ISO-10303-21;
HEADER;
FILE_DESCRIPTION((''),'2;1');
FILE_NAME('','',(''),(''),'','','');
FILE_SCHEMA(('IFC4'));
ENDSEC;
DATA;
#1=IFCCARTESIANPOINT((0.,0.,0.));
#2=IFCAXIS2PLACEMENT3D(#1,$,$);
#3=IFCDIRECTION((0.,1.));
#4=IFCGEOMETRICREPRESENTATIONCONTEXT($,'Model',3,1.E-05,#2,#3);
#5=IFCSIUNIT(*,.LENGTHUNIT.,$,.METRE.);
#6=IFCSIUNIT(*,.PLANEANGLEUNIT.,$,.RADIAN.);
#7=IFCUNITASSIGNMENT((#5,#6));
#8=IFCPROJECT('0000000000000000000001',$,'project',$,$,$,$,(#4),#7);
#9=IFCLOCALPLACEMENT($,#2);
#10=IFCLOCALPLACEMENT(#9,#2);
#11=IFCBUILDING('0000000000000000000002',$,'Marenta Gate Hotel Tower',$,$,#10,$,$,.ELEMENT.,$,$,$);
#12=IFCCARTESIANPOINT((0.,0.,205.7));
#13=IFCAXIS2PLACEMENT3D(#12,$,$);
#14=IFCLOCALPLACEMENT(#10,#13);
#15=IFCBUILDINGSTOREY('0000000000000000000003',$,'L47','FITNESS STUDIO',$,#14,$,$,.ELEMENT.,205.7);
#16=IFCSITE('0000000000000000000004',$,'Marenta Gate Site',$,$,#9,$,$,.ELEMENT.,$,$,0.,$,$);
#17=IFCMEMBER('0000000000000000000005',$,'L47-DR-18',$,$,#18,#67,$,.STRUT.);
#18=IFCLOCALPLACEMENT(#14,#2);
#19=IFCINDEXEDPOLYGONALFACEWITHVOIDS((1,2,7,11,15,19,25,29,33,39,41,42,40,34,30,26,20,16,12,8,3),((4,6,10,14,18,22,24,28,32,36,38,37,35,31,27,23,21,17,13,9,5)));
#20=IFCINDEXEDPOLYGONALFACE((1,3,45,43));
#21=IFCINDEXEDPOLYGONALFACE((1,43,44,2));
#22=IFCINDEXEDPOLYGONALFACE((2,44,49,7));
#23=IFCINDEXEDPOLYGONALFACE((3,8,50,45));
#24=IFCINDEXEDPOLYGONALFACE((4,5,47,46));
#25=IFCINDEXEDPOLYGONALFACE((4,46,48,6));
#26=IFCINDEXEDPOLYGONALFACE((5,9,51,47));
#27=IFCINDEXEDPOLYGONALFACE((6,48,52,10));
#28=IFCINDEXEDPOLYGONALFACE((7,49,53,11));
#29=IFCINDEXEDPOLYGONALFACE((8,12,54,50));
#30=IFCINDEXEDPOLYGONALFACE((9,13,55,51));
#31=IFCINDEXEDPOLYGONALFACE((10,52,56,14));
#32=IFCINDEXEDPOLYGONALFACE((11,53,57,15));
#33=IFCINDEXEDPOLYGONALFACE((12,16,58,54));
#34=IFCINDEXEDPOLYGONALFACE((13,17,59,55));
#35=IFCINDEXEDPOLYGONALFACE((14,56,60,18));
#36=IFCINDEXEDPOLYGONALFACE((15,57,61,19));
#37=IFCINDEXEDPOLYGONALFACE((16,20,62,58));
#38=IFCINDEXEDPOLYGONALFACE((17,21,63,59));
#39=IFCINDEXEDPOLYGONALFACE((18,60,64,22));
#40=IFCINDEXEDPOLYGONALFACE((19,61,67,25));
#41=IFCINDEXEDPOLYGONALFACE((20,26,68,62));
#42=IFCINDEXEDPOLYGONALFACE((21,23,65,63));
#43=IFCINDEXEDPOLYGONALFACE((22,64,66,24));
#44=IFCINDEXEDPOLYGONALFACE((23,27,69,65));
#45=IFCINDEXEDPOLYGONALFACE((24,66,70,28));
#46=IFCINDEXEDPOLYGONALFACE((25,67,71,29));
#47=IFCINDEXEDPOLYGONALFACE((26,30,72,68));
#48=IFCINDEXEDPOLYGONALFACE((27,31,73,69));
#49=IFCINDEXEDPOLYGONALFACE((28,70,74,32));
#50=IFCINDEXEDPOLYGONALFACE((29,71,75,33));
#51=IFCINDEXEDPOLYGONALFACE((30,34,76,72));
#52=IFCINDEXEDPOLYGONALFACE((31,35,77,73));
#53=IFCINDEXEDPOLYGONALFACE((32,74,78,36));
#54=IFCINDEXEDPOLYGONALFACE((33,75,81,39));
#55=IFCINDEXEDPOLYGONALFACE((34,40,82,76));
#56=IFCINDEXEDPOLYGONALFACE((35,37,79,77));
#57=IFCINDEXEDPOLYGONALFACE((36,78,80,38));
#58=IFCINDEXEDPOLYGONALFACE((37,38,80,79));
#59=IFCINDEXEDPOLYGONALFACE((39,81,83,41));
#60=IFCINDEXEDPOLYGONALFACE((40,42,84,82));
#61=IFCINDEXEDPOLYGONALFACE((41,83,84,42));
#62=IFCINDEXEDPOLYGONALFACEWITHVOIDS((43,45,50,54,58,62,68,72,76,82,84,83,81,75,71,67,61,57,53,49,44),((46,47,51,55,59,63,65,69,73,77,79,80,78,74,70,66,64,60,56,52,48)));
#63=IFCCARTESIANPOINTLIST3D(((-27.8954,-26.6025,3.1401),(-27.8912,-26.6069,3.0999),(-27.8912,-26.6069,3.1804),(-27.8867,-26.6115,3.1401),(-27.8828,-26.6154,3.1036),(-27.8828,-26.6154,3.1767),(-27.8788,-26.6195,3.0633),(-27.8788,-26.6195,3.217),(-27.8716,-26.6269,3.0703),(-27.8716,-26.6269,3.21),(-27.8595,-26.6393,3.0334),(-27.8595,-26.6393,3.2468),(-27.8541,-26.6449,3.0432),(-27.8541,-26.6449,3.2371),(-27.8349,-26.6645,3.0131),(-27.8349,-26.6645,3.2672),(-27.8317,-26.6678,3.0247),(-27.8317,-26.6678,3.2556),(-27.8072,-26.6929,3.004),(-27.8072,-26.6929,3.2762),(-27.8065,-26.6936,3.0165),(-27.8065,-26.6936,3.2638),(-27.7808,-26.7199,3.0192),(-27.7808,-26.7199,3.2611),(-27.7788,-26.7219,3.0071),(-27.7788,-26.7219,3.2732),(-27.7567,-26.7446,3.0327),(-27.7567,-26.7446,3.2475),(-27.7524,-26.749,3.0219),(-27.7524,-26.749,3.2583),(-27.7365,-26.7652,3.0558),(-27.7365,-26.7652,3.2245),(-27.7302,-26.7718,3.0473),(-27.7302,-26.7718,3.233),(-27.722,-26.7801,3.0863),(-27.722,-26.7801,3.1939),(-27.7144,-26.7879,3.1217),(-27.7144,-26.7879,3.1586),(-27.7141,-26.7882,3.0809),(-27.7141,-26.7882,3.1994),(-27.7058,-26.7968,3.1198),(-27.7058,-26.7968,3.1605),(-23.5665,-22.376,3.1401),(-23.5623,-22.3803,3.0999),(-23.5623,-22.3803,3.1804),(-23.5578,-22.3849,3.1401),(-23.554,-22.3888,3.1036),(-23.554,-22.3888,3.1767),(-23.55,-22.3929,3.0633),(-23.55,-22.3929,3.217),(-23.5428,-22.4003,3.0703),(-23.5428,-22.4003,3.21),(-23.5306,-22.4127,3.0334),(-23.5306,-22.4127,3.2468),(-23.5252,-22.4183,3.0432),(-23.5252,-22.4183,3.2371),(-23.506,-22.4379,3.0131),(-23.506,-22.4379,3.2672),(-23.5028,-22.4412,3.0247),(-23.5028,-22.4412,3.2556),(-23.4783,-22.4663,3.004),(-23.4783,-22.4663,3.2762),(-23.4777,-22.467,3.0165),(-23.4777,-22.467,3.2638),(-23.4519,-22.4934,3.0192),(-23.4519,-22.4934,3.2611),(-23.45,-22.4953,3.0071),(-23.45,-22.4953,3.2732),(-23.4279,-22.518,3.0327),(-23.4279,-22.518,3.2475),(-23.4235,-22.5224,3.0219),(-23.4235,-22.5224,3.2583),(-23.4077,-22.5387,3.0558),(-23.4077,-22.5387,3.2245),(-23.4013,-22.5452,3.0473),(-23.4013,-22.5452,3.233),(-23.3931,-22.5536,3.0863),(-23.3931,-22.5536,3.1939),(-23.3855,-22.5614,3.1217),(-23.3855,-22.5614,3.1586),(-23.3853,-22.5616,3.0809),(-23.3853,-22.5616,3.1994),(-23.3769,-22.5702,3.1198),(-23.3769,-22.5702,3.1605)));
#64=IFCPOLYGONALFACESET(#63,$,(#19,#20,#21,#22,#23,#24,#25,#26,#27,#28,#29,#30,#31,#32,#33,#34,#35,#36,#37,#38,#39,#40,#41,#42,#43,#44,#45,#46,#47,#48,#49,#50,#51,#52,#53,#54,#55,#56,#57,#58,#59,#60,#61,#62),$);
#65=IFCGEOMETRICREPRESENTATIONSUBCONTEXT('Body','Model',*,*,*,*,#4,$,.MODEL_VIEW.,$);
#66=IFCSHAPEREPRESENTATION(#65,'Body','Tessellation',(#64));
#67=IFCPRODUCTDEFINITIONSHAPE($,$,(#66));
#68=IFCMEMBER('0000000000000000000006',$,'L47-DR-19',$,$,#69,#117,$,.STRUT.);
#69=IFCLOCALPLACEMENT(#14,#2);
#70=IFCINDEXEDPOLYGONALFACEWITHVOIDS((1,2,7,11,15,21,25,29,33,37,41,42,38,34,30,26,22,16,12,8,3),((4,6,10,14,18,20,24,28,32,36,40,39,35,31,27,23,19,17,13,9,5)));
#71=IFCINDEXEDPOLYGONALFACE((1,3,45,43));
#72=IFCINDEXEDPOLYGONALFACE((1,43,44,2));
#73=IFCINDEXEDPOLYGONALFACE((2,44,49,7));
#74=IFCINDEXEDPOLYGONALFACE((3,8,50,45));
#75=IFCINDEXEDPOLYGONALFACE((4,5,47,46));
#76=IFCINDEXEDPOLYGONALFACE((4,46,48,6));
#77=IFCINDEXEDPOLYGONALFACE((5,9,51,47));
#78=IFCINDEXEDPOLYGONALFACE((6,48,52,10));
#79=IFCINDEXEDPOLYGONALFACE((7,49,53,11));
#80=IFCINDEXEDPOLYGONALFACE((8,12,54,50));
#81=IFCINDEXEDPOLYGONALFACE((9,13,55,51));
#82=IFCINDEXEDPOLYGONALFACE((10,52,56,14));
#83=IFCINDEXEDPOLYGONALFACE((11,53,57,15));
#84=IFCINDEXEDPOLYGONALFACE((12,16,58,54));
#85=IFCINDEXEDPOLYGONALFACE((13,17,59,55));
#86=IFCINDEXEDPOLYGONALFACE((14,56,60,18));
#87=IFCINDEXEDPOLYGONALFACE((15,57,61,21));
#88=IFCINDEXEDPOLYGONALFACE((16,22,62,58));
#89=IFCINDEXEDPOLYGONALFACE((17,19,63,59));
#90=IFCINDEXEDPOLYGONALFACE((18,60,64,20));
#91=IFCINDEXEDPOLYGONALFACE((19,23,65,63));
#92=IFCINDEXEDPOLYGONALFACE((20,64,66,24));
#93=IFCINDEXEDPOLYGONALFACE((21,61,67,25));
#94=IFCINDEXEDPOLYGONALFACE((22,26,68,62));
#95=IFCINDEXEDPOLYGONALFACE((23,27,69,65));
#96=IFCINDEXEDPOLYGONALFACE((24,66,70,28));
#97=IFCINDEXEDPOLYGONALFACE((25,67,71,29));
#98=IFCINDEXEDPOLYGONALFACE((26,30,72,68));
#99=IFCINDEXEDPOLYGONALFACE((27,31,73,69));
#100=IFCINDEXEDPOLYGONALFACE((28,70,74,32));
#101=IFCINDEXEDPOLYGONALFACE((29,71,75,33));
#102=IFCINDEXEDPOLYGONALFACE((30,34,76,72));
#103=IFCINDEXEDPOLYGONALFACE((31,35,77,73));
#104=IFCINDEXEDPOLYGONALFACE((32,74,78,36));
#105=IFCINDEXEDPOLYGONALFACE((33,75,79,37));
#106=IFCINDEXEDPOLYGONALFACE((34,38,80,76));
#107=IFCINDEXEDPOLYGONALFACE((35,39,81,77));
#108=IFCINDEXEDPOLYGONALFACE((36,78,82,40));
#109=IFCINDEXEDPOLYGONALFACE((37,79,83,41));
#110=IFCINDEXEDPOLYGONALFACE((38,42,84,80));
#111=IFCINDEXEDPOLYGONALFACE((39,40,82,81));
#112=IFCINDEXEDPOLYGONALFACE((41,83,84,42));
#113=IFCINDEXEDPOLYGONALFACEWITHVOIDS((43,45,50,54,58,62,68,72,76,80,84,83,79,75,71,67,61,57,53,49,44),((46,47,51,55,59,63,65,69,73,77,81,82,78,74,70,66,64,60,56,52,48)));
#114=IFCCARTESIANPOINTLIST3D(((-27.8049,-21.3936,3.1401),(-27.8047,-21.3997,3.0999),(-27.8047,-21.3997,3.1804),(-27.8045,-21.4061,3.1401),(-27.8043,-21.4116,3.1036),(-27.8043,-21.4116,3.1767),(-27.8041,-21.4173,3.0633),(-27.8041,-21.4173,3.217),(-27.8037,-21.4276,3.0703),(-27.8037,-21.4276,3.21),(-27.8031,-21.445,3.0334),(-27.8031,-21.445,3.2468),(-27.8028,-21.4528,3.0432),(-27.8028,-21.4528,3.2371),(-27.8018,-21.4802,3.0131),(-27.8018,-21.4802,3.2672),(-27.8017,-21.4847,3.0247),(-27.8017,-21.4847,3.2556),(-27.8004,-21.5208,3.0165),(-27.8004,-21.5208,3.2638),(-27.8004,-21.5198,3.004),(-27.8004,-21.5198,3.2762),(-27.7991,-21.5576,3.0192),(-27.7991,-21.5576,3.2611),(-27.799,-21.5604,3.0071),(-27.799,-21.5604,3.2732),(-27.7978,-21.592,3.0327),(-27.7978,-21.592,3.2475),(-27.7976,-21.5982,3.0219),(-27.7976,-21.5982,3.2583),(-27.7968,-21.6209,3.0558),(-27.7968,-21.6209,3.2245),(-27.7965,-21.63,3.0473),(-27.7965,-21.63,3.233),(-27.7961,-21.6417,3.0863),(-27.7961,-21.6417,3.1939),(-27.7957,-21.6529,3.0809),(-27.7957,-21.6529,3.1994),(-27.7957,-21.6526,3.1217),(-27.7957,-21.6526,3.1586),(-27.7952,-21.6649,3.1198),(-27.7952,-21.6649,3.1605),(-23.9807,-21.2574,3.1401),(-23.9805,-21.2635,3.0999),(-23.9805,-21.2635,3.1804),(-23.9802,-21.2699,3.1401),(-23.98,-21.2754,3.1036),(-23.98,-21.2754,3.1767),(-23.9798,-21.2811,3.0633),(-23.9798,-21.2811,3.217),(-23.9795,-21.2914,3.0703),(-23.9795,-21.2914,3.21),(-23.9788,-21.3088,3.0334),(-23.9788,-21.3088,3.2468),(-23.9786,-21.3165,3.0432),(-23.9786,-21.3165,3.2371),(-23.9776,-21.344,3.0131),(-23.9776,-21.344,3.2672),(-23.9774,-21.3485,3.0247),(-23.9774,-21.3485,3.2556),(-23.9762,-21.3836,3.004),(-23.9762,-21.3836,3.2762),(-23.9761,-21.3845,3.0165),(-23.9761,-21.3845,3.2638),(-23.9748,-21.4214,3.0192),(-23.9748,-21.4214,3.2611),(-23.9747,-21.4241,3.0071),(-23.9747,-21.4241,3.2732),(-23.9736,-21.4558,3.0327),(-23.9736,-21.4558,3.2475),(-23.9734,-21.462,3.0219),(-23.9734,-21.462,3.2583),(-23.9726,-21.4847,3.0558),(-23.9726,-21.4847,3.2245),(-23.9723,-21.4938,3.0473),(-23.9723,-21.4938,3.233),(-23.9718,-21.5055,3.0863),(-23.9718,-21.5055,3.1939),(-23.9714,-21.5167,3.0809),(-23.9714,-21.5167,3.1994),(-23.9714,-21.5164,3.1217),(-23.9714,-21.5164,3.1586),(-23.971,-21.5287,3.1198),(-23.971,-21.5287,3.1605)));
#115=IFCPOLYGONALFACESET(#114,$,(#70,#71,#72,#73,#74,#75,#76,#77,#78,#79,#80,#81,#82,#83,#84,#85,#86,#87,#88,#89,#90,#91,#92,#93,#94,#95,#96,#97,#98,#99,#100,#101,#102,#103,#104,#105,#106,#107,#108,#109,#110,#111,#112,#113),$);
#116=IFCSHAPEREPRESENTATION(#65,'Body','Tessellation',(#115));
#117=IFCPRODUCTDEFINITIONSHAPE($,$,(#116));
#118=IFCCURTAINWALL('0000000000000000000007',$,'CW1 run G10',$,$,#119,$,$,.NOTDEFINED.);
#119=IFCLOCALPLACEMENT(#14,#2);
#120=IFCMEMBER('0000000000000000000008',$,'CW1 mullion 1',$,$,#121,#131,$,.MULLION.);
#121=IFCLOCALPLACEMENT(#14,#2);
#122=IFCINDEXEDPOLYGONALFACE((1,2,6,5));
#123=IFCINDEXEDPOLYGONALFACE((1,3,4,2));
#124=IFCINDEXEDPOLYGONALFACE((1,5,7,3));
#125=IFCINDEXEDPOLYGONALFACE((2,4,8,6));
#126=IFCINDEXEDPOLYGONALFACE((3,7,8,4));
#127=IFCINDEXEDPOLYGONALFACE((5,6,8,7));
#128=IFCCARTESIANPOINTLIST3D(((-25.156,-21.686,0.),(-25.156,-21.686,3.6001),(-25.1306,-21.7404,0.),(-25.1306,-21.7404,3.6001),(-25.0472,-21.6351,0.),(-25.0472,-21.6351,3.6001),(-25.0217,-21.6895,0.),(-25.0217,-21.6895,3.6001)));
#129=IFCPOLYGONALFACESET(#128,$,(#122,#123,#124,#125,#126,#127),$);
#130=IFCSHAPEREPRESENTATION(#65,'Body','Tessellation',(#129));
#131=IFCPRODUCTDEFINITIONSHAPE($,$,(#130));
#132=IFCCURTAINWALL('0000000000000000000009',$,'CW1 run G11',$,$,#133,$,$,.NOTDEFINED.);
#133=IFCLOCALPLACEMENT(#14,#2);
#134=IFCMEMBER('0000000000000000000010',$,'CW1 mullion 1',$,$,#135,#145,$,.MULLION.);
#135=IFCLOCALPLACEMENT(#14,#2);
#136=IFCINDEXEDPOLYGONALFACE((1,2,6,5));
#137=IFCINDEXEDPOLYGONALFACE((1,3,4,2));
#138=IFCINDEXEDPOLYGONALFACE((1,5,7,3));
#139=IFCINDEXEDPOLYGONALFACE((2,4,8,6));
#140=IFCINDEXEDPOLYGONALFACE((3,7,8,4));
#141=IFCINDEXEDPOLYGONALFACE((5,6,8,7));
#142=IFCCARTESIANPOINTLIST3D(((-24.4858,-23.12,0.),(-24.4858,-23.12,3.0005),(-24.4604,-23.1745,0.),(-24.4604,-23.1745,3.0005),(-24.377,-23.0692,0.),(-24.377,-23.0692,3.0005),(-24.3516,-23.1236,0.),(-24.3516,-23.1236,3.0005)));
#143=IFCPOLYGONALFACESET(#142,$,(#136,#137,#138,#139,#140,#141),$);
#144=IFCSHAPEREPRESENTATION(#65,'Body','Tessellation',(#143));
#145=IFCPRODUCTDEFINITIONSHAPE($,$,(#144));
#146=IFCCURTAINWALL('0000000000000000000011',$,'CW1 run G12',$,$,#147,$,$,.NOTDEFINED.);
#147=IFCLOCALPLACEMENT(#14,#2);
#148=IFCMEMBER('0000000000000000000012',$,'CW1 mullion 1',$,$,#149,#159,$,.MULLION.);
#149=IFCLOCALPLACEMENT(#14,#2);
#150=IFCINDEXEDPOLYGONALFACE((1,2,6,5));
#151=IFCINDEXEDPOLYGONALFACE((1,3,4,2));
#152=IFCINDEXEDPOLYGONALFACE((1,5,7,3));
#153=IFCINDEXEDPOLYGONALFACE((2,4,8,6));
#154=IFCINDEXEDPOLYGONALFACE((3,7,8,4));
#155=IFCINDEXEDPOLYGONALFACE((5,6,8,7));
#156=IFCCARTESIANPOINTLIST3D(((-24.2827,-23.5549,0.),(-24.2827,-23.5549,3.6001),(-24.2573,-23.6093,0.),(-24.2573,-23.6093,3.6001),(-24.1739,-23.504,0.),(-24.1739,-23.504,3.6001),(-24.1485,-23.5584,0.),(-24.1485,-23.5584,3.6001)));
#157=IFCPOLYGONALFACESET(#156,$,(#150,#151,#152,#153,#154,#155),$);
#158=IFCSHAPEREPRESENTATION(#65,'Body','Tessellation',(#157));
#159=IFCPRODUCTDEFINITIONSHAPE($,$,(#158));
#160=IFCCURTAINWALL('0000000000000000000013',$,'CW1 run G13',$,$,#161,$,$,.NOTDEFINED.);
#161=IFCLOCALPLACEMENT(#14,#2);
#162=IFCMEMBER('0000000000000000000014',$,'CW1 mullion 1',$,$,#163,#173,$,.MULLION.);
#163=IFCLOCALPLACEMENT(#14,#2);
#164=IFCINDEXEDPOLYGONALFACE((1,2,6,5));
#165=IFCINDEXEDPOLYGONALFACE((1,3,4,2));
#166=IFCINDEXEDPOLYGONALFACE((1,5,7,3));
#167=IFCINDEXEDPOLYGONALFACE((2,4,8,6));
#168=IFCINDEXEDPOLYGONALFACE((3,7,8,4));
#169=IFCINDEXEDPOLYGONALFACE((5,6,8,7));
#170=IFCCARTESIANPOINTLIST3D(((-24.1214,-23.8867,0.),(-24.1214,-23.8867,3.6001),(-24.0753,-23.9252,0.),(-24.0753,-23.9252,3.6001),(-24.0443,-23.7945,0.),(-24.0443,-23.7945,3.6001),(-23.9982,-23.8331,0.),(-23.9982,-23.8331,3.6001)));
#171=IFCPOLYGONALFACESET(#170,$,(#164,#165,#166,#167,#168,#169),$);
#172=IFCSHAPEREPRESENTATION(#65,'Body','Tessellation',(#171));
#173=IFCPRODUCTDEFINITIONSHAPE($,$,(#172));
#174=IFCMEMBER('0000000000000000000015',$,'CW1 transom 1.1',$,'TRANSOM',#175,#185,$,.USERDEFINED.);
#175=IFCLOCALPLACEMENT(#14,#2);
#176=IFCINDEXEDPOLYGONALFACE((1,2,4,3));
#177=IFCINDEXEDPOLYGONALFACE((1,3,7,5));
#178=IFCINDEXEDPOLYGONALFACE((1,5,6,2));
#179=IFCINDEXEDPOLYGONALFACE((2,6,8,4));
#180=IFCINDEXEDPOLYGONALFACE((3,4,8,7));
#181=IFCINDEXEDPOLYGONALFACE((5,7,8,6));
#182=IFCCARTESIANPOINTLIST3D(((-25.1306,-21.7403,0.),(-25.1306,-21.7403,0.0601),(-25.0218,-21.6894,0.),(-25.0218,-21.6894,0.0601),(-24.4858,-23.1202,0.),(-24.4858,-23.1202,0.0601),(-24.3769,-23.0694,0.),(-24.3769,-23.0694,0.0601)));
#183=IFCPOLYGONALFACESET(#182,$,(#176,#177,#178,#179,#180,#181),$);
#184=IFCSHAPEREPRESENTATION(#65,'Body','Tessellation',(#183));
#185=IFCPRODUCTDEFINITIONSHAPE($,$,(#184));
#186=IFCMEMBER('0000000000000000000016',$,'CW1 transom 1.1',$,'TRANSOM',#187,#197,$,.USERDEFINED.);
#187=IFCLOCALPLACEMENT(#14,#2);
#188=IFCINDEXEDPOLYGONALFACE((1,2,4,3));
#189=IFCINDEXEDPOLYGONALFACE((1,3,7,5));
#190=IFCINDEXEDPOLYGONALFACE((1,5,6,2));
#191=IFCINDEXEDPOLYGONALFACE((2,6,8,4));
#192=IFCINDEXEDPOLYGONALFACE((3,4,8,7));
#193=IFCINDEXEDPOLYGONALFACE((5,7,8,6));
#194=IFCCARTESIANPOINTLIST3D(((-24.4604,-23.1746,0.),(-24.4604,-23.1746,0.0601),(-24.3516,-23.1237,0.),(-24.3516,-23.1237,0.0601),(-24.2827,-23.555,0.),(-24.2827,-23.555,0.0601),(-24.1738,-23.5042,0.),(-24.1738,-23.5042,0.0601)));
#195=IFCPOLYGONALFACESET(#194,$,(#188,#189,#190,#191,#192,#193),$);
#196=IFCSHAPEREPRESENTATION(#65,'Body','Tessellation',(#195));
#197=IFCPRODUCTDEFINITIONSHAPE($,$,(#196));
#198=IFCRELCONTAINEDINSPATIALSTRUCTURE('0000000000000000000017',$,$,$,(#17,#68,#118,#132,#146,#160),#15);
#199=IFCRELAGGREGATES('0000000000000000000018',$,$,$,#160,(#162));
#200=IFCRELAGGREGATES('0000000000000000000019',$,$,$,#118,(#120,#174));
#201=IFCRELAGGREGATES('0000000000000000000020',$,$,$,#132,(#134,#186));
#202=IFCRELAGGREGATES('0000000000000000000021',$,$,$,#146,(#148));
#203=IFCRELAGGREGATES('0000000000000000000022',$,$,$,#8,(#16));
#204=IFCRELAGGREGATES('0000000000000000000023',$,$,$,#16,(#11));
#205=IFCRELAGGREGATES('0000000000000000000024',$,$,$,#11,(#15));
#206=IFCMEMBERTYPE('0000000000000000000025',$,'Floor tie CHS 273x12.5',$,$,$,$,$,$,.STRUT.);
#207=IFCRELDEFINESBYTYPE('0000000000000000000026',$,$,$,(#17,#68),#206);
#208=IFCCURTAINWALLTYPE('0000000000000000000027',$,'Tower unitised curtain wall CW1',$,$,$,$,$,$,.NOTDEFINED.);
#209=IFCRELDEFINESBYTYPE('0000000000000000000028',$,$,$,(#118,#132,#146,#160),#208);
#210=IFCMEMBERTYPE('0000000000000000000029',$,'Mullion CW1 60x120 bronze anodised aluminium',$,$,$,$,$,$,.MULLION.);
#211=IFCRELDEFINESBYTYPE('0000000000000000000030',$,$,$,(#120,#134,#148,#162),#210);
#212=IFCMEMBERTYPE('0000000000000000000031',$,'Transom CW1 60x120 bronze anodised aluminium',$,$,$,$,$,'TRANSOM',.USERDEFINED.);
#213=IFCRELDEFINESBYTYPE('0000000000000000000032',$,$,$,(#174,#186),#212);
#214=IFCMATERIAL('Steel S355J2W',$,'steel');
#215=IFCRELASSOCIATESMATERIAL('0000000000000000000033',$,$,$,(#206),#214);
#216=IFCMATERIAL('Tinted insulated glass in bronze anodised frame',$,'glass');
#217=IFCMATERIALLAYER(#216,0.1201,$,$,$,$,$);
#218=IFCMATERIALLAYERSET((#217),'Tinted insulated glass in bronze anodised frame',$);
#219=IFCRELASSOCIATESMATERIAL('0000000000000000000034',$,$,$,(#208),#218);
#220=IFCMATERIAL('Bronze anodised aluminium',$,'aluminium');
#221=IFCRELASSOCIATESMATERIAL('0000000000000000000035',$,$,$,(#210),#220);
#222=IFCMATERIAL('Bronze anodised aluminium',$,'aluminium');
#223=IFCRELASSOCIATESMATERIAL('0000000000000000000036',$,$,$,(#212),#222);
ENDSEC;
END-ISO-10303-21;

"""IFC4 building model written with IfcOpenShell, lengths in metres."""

from ifc_helpers import new_model, si_unit, direction, frame, origin, origin_2d, place, context, subcontext, project, spatial, rectangle, hollow_circle, extrude, material, layer, layer_set, material_profile, profile_set, type_object, element, aggregate, save


model = new_model("IFC4")

# Units and contexts
model_context = context("Model", 3, precision=1e-05, world=origin(), true_north=direction((0.0, 1.0)))
body_context = subcontext(model_context, "Body", "Model", "MODEL_VIEW")
ifc_project = project(units=[si_unit("LENGTHUNIT", "METRE"), si_unit("PLANEANGLEUNIT", "RADIAN")], contexts=[model_context])

# Site, building, storey
site_placement = place(None, origin())
site = spatial("IfcSite", under=ifc_project, at=site_placement, Name="Marenta Gate Site", CompositionType="ELEMENT", RefElevation=0.0)
building_placement = place(site_placement, origin())
building = spatial("IfcBuilding", under=site, at=building_placement, Name="Marenta Gate Hotel Tower", CompositionType="ELEMENT")
storey_placement = place(building_placement, frame((0.0, 0.0, 205.7)))
storey = spatial("IfcBuildingStorey", under=building, at=storey_placement, Name="L47", Description="FITNESS STUDIO", CompositionType="ELEMENT", Elevation=205.7)

# Members
ifc_material_1 = material(Name="Steel S355J2W", Category="steel")
ifc_material_profile_1 = material_profile(ifc_material_1, hollow_circle(Radius=0.1365, WallThickness=0.0125, at=origin_2d()), Name="CHS 273x12.5")
ifc_profile_set_1 = profile_set([ifc_material_profile_1], Name="Steel S355J2W")
member_type_1 = type_object("IfcMemberType", Name="Floor tie CHS 273x12.5", PredefinedType="STRUT", material=ifc_profile_set_1)
member_1_placement = place(storey_placement, frame((-27.8, -26.7002, 3.1401), z_axis=(0.71551, 0.698602, 0.0), x_axis=(-0.698602, 0.71551, 0.0)))
element("IfcMember", 1, at=member_1_placement, inside=storey, type_object=member_type_1, Name="L47-DR-18", PredefinedType="STRUT", context=body_context, shape_type="SweptSolid", body=[
    extrude(hollow_circle(Radius=0.1365, WallThickness=0.0125, at=origin_2d()), origin(), (0.0, 0.0, 1.0), 6.05),
])
member_2_placement = place(storey_placement, frame((-27.8, -21.53, 3.1401), z_axis=(0.999366, 0.035601, 0.0), x_axis=(-0.035601, 0.999366, 0.0)))
element("IfcMember", 2, at=member_2_placement, inside=storey, type_object=member_type_1, Name="L47-DR-19", PredefinedType="STRUT", context=body_context, shape_type="SweptSolid", body=[
    extrude(hollow_circle(Radius=0.1365, WallThickness=0.0125, at=origin_2d()), origin(), (0.0, 0.0, 1.0), 3.8267),
])

# Curtain walls, members
ifc_material_2 = material(Name="Tinted insulated glass in bronze anodised frame", Category="glass")
ifc_layer_1 = layer(ifc_material_2, 0.1201)
ifc_layer_set_1 = layer_set([ifc_layer_1], Name="Tinted insulated glass in bronze anodised frame")
curtain_wall_type = type_object("IfcCurtainWallType", Name="Tower unitised curtain wall CW1", PredefinedType="NOTDEFINED", material=ifc_layer_set_1)
curtain_wall_1_placement = place(storey_placement, origin())
curtain_wall_1 = element("IfcCurtainWall", 3, at=curtain_wall_1_placement, inside=storey, type_object=curtain_wall_type, Name="CW1 run G10", PredefinedType="NOTDEFINED")
ifc_material_3 = material(Name="Bronze anodised aluminium", Category="aluminium")
ifc_material_profile_2 = material_profile(ifc_material_3, rectangle(XDim=0.1201, YDim=0.0601, at=origin_2d()), Name="Mullion CW1 60x120 bronze anodised aluminium")
ifc_profile_set_2 = profile_set([ifc_material_profile_2], Name="Bronze anodised aluminium")
member_type_2 = type_object("IfcMemberType", Name="Mullion CW1 60x120 bronze anodised aluminium", PredefinedType="MULLION", material=ifc_profile_set_2)
member_3_placement = place(storey_placement, frame((-25.0889, -21.6877, 0.0), z_axis=(0.0, 0.0, 1.0), x_axis=(0.905976, 0.423328, 0.0)))
member_3 = element("IfcMember", 4, at=member_3_placement, type_object=member_type_2, Name="CW1 mullion 1", PredefinedType="MULLION", context=body_context, shape_type="SweptSolid", body=[
    extrude(rectangle(XDim=0.1201, YDim=0.0601, at=origin_2d()), origin(), (0.0, 0.0, 1.0), 3.6001),
])
curtain_wall_2_placement = place(storey_placement, origin())
curtain_wall_2 = element("IfcCurtainWall", 5, at=curtain_wall_2_placement, inside=storey, type_object=curtain_wall_type, Name="CW1 run G11", PredefinedType="NOTDEFINED")
member_4_placement = place(storey_placement, frame((-24.4187, -23.1218, 0.0), z_axis=(0.0, 0.0, 1.0), x_axis=(0.905949, 0.423387, 0.0)))
member_4 = element("IfcMember", 6, at=member_4_placement, type_object=member_type_2, Name="CW1 mullion 1", PredefinedType="MULLION", context=body_context, shape_type="SweptSolid", body=[
    extrude(rectangle(XDim=0.1201, YDim=0.0601, at=origin_2d()), origin(), (0.0, 0.0, 1.0), 3.0005),
])
curtain_wall_3_placement = place(storey_placement, origin())
curtain_wall_3 = element("IfcCurtainWall", 7, at=curtain_wall_3_placement, inside=storey, type_object=curtain_wall_type, Name="CW1 run G12", PredefinedType="NOTDEFINED")
member_5_placement = place(storey_placement, frame((-24.2156, -23.5566, 0.0), z_axis=(0.0, 0.0, 1.0), x_axis=(0.90599, 0.4233, 0.0)))
member_5 = element("IfcMember", 8, at=member_5_placement, type_object=member_type_2, Name="CW1 mullion 1", PredefinedType="MULLION", context=body_context, shape_type="SweptSolid", body=[
    extrude(rectangle(XDim=0.1201, YDim=0.0601, at=origin_2d()), origin(), (0.0, 0.0, 1.0), 3.6001),
])
curtain_wall_4_placement = place(storey_placement, origin())
curtain_wall_4 = element("IfcCurtainWall", 9, at=curtain_wall_4_placement, inside=storey, type_object=curtain_wall_type, Name="CW1 run G13", PredefinedType="NOTDEFINED")
member_6_placement = place(storey_placement, frame((-24.0598, -23.8599, 0.0), z_axis=(0.0, 0.0, 1.0), x_axis=(0.641525, 0.767102, 0.0)))
member_6 = element("IfcMember", 10, at=member_6_placement, type_object=member_type_2, Name="CW1 mullion 1", PredefinedType="MULLION", context=body_context, shape_type="SweptSolid", body=[
    extrude(rectangle(XDim=0.1201, YDim=0.0601, at=origin_2d()), origin(), (0.0, 0.0, 1.0), 3.6001),
])

# Members
ifc_material_4 = material(Name="Bronze anodised aluminium", Category="aluminium")
ifc_material_profile_3 = material_profile(ifc_material_4, rectangle(XDim=0.1201, YDim=0.0601, at=origin_2d()), Name="Transom CW1 60x120 bronze anodised aluminium")
ifc_profile_set_3 = profile_set([ifc_material_profile_3], Name="Bronze anodised aluminium")
member_type_3 = type_object("IfcMemberType", Name="Transom CW1 60x120 bronze anodised aluminium", ElementType="TRANSOM", PredefinedType="USERDEFINED", material=ifc_profile_set_3)
member_7_placement = place(storey_placement, frame((-25.0762, -21.7148, 0.03), z_axis=(0.423333, -0.905974, 0.0), x_axis=(0.905974, 0.423333, 0.0)))
member_7 = element("IfcMember", 11, at=member_7_placement, type_object=member_type_3, Name="CW1 transom 1.1", ObjectType="TRANSOM", PredefinedType="USERDEFINED", context=body_context, shape_type="SweptSolid", body=[
    extrude(rectangle(XDim=0.1201, YDim=0.0601, at=origin_2d()), origin(), (0.0, 0.0, 1.0), 1.5232),
])
member_8_placement = place(storey_placement, frame((-24.406, -23.1492, 0.03), z_axis=(0.423331, -0.905975, 0.0), x_axis=(0.905975, 0.423331, 0.0)))
member_8 = element("IfcMember", 12, at=member_8_placement, type_object=member_type_3, Name="CW1 transom 1.1", ObjectType="TRANSOM", PredefinedType="USERDEFINED", context=body_context, shape_type="SweptSolid", body=[
    extrude(rectangle(XDim=0.1201, YDim=0.0601, at=origin_2d()), origin(), (0.0, 0.0, 1.0), 0.4199),
])
aggregate(curtain_wall_4, [member_6])

aggregate(curtain_wall_1, [member_3, member_7])
aggregate(curtain_wall_2, [member_4, member_8])
aggregate(curtain_wall_3, [member_5])

save(model, "model.ifc")
